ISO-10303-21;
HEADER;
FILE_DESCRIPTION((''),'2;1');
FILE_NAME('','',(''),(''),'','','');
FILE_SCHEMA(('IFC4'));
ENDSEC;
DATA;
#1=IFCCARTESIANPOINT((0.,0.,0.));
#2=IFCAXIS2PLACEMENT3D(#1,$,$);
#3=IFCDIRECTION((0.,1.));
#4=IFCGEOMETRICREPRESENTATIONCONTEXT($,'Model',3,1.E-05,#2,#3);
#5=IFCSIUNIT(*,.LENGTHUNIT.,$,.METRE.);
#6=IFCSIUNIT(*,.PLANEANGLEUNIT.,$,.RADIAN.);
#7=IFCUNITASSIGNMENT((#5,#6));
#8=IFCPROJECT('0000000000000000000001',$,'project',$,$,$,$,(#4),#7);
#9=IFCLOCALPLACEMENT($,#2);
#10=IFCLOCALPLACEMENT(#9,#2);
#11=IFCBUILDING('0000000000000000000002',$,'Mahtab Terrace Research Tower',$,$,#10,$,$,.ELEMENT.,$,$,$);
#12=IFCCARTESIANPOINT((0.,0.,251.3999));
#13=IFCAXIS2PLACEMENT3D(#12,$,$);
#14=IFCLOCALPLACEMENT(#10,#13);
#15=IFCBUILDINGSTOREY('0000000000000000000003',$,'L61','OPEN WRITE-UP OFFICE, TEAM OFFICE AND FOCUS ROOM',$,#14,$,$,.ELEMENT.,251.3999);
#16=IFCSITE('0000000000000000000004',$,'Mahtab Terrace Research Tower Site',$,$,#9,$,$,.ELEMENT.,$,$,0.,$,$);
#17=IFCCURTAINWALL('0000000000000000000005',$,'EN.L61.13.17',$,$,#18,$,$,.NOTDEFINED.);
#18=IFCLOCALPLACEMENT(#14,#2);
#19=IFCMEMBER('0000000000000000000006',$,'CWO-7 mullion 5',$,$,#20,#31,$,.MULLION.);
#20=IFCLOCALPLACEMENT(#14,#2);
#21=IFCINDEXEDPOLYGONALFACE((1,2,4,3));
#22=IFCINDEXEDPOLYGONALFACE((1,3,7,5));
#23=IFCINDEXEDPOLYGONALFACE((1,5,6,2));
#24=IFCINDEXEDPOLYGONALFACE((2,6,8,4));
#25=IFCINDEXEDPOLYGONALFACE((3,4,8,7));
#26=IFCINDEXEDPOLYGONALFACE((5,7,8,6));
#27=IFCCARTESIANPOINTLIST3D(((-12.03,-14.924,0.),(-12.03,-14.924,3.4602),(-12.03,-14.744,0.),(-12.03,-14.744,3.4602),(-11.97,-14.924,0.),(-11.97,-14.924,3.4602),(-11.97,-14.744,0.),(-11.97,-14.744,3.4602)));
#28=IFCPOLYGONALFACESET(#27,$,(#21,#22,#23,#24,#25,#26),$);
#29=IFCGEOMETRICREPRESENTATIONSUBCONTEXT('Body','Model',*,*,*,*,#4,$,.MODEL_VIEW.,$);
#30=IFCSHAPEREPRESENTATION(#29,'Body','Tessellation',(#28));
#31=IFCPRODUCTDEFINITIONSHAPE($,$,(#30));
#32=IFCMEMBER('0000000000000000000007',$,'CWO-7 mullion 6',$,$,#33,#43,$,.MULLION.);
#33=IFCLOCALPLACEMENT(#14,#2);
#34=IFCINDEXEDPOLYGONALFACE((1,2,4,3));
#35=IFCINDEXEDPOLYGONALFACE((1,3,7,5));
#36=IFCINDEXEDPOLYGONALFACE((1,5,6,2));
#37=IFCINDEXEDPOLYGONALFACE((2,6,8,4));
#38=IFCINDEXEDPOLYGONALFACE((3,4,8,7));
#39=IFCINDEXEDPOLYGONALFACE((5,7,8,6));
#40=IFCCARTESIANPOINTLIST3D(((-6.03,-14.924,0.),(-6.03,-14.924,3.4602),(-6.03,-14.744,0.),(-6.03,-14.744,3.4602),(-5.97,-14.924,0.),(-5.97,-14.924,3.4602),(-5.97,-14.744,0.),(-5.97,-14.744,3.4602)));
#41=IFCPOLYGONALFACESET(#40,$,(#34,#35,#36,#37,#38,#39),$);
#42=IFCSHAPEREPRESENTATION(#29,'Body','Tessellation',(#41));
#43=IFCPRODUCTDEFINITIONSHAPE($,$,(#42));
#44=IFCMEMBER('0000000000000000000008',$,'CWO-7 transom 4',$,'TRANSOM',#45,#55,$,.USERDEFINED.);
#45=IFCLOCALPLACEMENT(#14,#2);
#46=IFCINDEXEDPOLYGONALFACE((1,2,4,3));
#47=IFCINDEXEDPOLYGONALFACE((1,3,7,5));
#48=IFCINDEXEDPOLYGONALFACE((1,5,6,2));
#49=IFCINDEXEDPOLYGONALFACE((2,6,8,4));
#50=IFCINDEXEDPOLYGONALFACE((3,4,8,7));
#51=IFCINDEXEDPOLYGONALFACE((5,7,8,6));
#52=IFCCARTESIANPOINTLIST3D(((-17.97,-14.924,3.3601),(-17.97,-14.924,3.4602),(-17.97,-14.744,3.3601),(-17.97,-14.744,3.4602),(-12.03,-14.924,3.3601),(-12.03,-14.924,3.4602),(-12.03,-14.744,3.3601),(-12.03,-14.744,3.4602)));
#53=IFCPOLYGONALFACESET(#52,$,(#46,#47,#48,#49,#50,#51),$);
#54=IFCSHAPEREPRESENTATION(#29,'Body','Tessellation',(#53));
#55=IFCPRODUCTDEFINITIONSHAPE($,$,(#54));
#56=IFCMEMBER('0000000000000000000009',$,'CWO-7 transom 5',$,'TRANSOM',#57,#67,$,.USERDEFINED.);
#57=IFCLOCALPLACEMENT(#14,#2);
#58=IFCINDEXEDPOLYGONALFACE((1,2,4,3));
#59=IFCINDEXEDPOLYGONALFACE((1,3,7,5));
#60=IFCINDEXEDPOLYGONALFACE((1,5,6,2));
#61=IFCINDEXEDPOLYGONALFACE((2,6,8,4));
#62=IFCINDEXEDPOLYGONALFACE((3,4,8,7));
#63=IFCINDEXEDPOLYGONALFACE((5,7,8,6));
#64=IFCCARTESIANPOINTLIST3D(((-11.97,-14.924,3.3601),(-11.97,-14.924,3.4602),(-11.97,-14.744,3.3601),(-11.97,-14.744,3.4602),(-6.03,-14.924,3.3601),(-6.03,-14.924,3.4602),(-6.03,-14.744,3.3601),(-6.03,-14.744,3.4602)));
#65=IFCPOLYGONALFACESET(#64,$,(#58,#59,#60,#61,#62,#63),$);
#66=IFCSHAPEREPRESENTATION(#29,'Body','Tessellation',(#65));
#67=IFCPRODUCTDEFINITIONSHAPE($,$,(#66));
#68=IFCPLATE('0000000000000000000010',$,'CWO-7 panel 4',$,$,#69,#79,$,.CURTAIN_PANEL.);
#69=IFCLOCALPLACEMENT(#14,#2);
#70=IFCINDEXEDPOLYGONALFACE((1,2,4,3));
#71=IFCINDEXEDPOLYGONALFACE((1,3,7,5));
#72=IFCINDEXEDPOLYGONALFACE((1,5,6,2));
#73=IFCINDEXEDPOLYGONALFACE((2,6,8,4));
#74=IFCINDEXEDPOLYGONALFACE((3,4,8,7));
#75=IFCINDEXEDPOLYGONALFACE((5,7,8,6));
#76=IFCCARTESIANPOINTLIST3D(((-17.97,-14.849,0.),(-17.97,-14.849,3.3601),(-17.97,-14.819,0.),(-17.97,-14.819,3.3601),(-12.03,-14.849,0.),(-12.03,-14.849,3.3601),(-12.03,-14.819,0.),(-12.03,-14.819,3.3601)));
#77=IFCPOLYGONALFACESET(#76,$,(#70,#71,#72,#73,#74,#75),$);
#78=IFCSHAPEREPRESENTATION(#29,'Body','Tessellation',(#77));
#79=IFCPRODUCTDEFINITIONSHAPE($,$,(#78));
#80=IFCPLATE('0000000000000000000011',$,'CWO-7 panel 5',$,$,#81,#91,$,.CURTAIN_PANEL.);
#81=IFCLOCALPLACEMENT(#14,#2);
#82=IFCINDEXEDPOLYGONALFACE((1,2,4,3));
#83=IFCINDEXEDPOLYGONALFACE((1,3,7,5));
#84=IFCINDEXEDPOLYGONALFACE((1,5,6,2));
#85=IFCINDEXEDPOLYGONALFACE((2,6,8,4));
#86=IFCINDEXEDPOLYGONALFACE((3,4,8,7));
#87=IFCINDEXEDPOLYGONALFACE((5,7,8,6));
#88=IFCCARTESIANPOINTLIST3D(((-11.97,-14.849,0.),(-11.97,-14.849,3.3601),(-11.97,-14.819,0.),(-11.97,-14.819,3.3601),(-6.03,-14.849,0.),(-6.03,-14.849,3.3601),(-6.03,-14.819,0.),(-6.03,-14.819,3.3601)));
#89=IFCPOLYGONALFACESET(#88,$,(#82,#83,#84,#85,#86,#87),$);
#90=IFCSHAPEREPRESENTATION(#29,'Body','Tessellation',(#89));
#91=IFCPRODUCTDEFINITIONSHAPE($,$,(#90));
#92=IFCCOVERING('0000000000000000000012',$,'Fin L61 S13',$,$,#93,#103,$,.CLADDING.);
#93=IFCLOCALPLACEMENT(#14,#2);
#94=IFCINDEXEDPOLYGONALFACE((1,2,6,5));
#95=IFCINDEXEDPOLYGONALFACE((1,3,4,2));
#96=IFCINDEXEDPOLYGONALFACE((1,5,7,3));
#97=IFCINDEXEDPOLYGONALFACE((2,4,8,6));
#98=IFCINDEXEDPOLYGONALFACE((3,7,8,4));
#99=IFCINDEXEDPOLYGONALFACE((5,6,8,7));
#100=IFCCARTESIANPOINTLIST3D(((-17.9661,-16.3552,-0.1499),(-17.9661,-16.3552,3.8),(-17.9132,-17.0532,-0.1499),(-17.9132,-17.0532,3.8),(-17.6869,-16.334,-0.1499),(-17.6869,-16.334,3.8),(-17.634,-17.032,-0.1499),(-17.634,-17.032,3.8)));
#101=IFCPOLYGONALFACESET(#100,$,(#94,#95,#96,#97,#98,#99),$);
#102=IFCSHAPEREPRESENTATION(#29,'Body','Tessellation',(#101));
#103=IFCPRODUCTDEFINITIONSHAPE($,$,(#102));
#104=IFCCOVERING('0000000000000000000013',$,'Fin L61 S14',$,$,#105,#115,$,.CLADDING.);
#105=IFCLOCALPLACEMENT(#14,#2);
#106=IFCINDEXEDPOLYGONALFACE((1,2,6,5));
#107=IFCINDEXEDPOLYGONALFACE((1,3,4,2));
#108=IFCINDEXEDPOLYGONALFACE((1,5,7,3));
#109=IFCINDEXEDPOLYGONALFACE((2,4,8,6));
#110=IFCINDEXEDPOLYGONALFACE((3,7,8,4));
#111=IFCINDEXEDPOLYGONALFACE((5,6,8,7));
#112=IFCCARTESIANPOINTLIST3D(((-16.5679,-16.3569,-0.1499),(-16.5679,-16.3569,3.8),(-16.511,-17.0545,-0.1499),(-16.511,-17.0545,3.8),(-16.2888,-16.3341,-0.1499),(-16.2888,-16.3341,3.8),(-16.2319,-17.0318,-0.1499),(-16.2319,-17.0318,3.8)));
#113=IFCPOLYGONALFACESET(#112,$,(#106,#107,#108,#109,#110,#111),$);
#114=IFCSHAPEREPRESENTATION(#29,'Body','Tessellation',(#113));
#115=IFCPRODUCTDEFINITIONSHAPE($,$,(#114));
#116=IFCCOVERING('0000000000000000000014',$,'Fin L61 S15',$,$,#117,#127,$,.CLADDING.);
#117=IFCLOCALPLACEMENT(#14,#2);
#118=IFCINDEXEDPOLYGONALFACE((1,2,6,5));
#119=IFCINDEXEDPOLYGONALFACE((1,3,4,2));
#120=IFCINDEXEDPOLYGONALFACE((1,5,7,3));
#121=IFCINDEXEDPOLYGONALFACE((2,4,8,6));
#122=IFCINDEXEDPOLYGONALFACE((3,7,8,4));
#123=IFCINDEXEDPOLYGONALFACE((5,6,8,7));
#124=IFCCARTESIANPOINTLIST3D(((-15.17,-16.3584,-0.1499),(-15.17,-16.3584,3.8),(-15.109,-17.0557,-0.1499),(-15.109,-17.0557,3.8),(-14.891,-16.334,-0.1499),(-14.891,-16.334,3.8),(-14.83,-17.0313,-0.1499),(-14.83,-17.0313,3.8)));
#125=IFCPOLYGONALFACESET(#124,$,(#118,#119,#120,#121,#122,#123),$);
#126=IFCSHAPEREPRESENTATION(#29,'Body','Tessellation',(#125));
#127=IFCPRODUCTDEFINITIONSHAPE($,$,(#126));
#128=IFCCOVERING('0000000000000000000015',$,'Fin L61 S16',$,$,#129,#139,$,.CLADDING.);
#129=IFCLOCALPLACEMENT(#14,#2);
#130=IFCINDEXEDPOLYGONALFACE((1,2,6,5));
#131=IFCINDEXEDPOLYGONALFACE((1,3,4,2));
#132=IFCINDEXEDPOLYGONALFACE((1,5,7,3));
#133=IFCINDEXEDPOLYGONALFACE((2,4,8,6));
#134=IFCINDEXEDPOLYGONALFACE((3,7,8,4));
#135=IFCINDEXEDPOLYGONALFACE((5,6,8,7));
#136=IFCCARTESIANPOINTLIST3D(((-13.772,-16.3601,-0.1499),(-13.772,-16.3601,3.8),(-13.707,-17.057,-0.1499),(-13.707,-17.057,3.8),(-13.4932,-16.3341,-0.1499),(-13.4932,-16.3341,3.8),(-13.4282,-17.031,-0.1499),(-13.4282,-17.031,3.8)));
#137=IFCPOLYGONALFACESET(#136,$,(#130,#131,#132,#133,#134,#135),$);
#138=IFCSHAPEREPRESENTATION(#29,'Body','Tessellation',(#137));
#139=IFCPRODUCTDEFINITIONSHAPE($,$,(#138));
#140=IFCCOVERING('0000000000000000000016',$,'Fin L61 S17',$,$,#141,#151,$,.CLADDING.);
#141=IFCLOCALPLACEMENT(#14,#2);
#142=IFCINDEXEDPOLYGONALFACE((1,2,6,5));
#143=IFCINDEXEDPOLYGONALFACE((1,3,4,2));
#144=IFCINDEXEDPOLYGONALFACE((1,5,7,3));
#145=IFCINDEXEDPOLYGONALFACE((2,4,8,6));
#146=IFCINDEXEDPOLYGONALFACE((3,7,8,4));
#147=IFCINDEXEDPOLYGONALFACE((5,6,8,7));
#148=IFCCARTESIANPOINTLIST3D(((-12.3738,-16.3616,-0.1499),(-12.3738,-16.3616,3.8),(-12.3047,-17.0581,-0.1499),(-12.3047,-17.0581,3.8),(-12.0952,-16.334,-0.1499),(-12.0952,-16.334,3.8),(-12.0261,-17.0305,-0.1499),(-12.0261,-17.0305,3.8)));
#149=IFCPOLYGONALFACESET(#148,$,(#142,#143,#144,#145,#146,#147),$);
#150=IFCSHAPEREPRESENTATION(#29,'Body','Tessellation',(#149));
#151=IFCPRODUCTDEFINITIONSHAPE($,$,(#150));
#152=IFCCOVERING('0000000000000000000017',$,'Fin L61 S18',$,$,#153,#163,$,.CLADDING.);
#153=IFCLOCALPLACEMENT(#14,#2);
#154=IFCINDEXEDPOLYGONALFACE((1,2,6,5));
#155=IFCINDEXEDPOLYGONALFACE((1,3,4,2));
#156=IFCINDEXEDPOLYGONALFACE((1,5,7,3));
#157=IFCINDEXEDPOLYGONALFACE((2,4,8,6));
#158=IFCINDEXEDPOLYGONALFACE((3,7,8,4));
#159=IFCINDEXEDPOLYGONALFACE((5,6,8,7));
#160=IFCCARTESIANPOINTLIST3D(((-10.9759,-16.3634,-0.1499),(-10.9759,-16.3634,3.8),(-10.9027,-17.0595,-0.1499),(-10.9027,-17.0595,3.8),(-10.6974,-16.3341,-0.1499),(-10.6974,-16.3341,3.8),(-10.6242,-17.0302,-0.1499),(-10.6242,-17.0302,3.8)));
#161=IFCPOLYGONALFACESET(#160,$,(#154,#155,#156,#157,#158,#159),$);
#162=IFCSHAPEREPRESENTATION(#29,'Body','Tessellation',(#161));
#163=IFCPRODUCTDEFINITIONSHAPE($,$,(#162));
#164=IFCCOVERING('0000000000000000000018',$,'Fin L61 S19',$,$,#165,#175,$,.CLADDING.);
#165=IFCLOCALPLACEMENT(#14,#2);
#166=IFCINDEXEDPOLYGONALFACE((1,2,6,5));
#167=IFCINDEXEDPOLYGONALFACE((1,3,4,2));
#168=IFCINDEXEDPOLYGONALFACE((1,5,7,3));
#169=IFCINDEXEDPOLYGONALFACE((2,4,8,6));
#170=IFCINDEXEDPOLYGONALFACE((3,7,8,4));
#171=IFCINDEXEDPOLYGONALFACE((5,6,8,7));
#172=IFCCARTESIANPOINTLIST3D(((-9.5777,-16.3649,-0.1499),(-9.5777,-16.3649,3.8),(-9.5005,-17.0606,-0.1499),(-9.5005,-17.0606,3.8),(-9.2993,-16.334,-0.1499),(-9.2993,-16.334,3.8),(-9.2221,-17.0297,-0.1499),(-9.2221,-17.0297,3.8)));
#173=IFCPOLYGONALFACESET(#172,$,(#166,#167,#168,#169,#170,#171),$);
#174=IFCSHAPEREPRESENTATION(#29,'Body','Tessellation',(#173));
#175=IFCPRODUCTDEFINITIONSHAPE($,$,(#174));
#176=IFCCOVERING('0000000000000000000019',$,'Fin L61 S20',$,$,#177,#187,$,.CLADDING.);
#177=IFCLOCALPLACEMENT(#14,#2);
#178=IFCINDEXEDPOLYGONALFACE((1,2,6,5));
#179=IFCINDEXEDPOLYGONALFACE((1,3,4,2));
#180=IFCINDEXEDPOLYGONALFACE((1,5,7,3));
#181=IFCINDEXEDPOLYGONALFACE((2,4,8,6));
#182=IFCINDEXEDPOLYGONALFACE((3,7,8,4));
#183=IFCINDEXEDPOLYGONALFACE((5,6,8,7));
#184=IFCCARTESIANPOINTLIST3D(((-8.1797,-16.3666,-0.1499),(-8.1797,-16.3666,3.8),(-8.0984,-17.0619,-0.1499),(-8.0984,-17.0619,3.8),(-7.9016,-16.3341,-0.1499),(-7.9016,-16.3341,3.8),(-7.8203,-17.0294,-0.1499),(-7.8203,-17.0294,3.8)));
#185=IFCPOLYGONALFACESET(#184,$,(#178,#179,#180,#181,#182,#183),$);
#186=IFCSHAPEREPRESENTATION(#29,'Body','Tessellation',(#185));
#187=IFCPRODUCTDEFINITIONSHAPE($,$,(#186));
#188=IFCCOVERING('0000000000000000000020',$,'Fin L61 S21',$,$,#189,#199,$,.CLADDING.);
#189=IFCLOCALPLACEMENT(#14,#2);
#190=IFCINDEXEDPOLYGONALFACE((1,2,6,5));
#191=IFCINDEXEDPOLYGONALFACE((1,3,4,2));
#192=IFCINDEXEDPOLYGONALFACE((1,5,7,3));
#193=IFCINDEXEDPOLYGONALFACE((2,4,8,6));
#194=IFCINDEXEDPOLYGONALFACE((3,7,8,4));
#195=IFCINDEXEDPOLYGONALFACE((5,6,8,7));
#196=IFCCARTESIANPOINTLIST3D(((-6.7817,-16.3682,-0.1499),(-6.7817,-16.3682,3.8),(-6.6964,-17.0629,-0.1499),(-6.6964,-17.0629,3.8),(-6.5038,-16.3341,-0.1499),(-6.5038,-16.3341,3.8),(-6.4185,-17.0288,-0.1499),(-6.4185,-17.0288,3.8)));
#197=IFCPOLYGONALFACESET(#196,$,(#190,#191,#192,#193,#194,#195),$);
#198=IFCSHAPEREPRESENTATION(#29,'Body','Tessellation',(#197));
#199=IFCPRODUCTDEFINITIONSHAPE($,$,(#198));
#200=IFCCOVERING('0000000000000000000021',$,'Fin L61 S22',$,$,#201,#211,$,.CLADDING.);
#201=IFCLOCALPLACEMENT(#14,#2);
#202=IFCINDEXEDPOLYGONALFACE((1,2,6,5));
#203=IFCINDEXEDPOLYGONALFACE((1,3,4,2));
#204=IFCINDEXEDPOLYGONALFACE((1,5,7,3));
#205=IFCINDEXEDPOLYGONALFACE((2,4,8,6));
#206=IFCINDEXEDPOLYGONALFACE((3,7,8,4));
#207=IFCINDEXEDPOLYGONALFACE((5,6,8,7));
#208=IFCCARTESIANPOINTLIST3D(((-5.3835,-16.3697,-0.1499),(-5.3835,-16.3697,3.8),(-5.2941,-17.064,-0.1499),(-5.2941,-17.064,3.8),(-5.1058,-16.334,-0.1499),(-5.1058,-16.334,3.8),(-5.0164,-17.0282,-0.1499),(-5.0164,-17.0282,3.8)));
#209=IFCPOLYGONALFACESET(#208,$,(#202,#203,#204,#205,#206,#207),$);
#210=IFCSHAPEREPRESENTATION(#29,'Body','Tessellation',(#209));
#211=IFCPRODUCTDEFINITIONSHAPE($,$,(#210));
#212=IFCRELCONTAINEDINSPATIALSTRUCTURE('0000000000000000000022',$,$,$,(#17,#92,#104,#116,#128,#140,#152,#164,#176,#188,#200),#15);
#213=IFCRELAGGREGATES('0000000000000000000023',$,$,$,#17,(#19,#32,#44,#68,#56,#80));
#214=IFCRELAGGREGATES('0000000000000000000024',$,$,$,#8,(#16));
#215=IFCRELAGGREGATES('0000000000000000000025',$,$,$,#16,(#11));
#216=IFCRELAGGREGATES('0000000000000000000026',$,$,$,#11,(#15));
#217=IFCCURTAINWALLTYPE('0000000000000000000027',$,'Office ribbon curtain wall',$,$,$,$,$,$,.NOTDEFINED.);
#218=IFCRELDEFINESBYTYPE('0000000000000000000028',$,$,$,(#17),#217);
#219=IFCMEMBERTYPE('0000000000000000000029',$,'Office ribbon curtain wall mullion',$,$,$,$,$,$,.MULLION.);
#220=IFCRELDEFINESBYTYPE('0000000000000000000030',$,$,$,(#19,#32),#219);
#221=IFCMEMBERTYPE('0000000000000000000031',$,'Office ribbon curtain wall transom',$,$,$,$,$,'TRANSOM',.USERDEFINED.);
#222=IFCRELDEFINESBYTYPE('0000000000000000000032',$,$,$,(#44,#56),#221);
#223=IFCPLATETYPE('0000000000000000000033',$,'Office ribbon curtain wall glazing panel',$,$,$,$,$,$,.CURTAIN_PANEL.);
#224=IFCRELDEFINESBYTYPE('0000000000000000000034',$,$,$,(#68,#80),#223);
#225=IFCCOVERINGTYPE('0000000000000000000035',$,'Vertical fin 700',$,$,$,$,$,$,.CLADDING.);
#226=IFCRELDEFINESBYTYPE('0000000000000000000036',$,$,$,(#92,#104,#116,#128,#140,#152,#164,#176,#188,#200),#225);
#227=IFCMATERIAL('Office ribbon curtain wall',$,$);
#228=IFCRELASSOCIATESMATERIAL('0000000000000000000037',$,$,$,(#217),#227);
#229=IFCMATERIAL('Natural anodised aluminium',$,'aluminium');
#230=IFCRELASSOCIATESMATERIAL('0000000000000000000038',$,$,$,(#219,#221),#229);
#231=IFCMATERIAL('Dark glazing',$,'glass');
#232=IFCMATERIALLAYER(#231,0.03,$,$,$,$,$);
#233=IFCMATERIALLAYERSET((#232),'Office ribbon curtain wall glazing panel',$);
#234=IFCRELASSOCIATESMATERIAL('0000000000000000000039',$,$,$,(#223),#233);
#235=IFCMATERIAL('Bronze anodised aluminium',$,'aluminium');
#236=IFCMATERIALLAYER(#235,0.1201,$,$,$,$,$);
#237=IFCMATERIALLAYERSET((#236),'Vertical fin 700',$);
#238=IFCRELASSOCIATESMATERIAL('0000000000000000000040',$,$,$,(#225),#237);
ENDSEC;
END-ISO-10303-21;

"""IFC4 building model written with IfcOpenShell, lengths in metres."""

from ifc_helpers import new_model, si_unit, direction, frame, origin, origin_2d, place, context, subcontext, project, spatial, rectangle, extrude, material, layer, layer_set, material_profile, profile_set, type_object, element, aggregate, save


model = new_model("IFC4")

# Units and contexts
model_context = context("Model", 3, precision=1e-05, world=origin(), true_north=direction((0.0, 1.0)))
body_context = subcontext(model_context, "Body", "Model", "MODEL_VIEW")
ifc_project = project(units=[si_unit("LENGTHUNIT", "METRE"), si_unit("PLANEANGLEUNIT", "RADIAN")], contexts=[model_context])

# Site, building, storey
site_placement = place(None, origin())
site = spatial("IfcSite", under=ifc_project, at=site_placement, Name="Mahtab Terrace Research Tower Site", CompositionType="ELEMENT", RefElevation=0.0)
building_placement = place(site_placement, origin())
building = spatial("IfcBuilding", under=site, at=building_placement, Name="Mahtab Terrace Research Tower", CompositionType="ELEMENT")
storey_placement = place(building_placement, frame((0.0, 0.0, 251.3999)))
storey = spatial("IfcBuildingStorey", under=building, at=storey_placement, Name="L61", Description="OPEN WRITE-UP OFFICE, TEAM OFFICE AND FOCUS ROOM", CompositionType="ELEMENT", Elevation=251.3999)

# Curtain wall, members, plates
ifc_material_1 = material(Name="Office ribbon curtain wall")
curtain_wall_type = type_object("IfcCurtainWallType", Name="Office ribbon curtain wall", PredefinedType="NOTDEFINED", material=ifc_material_1)
curtain_wall_placement = place(storey_placement, origin())
curtain_wall = element("IfcCurtainWall", 1, at=curtain_wall_placement, inside=storey, type_object=curtain_wall_type, Name="EN.L61.13.17", PredefinedType="NOTDEFINED")
ifc_material_2 = material(Name="Natural anodised aluminium", Category="aluminium")
ifc_material_profile_1 = material_profile(ifc_material_2, rectangle(XDim=0.1799, YDim=0.0601, at=origin_2d()), Name="MULLION 60x180")
ifc_profile_set_1 = profile_set([ifc_material_profile_1], Name="Natural anodised aluminium")
member_type_1 = type_object("IfcMemberType", Name="Office ribbon curtain wall mullion", PredefinedType="MULLION", material=ifc_profile_set_1)
member_1_placement = place(storey_placement, frame((-12.0, -14.834, 0.0), z_axis=(0.0, 0.0, 1.0), x_axis=(0.0, 1.0, 0.0)))
member_1 = element("IfcMember", 2, at=member_1_placement, type_object=member_type_1, Name="CWO-7 mullion 5", PredefinedType="MULLION", context=body_context, shape_type="SweptSolid", body=[
    extrude(rectangle(XDim=0.1799, YDim=0.0601, at=origin_2d()), origin(), (0.0, 0.0, 1.0), 3.4602),
])
member_2_placement = place(storey_placement, frame((-6.0, -14.834, 0.0), z_axis=(0.0, 0.0, 1.0), x_axis=(0.0, 1.0, 0.0)))
member_2 = element("IfcMember", 3, at=member_2_placement, type_object=member_type_1, Name="CWO-7 mullion 6", PredefinedType="MULLION", context=body_context, shape_type="SweptSolid", body=[
    extrude(rectangle(XDim=0.1799, YDim=0.0601, at=origin_2d()), origin(), (0.0, 0.0, 1.0), 3.4602),
])
ifc_material_profile_2 = material_profile(ifc_material_2, rectangle(XDim=0.1799, YDim=0.1001, at=origin_2d()), Name="TRANSOM 100x180")
ifc_profile_set_2 = profile_set([ifc_material_profile_2], Name="Natural anodised aluminium")
member_type_2 = type_object("IfcMemberType", Name="Office ribbon curtain wall transom", ElementType="TRANSOM", PredefinedType="USERDEFINED", material=ifc_profile_set_2)
member_3_placement = place(storey_placement, frame((-17.97, -14.834, 3.4102), z_axis=(1.0, 0.0, 0.0), x_axis=(0.0, 1.0, 0.0)))
member_3 = element("IfcMember", 4, at=member_3_placement, type_object=member_type_2, Name="CWO-7 transom 4", ObjectType="TRANSOM", PredefinedType="USERDEFINED", context=body_context, shape_type="SweptSolid", body=[
    extrude(rectangle(XDim=0.1799, YDim=0.1001, at=origin_2d()), origin(), (0.0, 0.0, 1.0), 5.9399),
])
member_4_placement = place(storey_placement, frame((-11.97, -14.834, 3.4102), z_axis=(1.0, 0.0, 0.0), x_axis=(0.0, 1.0, 0.0)))
member_4 = element("IfcMember", 5, at=member_4_placement, type_object=member_type_2, Name="CWO-7 transom 5", ObjectType="TRANSOM", PredefinedType="USERDEFINED", context=body_context, shape_type="SweptSolid", body=[
    extrude(rectangle(XDim=0.1799, YDim=0.1001, at=origin_2d()), origin(), (0.0, 0.0, 1.0), 5.9399),
])
ifc_material_3 = material(Name="Dark glazing", Category="glass")
ifc_layer_1 = layer(ifc_material_3, 0.03)
ifc_layer_set_1 = layer_set([ifc_layer_1], Name="Office ribbon curtain wall glazing panel")
plate_type = type_object("IfcPlateType", Name="Office ribbon curtain wall glazing panel", PredefinedType="CURTAIN_PANEL", material=ifc_layer_set_1)
plate_1_placement = place(storey_placement, frame((-15.0, -14.834, 0.0), z_axis=(0.0, 0.0, 1.0), x_axis=(1.0, 0.0, 0.0)))
plate_1 = element("IfcPlate", 6, at=plate_1_placement, type_object=plate_type, Name="CWO-7 panel 4", PredefinedType="CURTAIN_PANEL", context=body_context, shape_type="SweptSolid", body=[
    extrude(rectangle(XDim=5.9399, YDim=0.03, at=origin_2d()), origin(), (0.0, 0.0, 1.0), 3.3601),
])
plate_2_placement = place(storey_placement, frame((-9.0, -14.834, 0.0), z_axis=(0.0, 0.0, 1.0), x_axis=(1.0, 0.0, 0.0)))
plate_2 = element("IfcPlate", 7, at=plate_2_placement, type_object=plate_type, Name="CWO-7 panel 5", PredefinedType="CURTAIN_PANEL", context=body_context, shape_type="SweptSolid", body=[
    extrude(rectangle(XDim=5.9399, YDim=0.03, at=origin_2d()), origin(), (0.0, 0.0, 1.0), 3.3601),
])
aggregate(curtain_wall, [member_1, member_2, member_3, plate_1, member_4, plate_2])

# Coverings
ifc_material_4 = material(Name="Bronze anodised aluminium", Category="aluminium")
ifc_layer_2 = layer(ifc_material_4, 0.1201)
ifc_layer_set_2 = layer_set([ifc_layer_2], Name="Vertical fin 700")
covering_type = type_object("IfcCoveringType", Name="Vertical fin 700", PredefinedType="CLADDING", material=ifc_layer_set_2)
for number, where, z_axis, x_axis, name in (
    (8, (-17.8, -16.6936, -0.1499), (0.0, 0.0, 1.0), (0.997141, 0.075559, 0.0), "Fin L61 S13"),
    (9, (-16.3999, -16.6943, -0.1499), (0.0, 0.0, 1.0), (0.996685, 0.081359, 0.0), "Fin L61 S14"),
    (10, (-15.0, -16.6948, -0.1499), (0.0, 0.0, 1.0), (0.996195, 0.087156, 0.0), "Fin L61 S15"),
    (11, (-13.6001, -16.6956, -0.1499), (0.0, 0.0, 1.0), (0.995671, 0.09295, 0.0), "Fin L61 S16"),
    (12, (-12.2, -16.696, -0.1499), (0.0, 0.0, 1.0), (0.995113, 0.098741, 0.0), "Fin L61 S17"),
    (13, (-10.8, -16.6968, -0.1499), (0.0, 0.0, 1.0), (0.994522, 0.104528, 0.0), "Fin L61 S18"),
    (14, (-9.3999, -16.6973, -0.1499), (0.0, 0.0, 1.0), (0.993897, 0.110313, 0.0), "Fin L61 S19"),
    (15, (-8.0, -16.698, -0.1499), (0.0, 0.0, 1.0), (0.993238, 0.116093, 0.0), "Fin L61 S20"),
    (16, (-6.6001, -16.6985, -0.1499), (0.0, 0.0, 1.0), (0.992546, 0.121869, 0.0), "Fin L61 S21"),
    (17, (-5.2, -16.699, -0.1499), (0.0, 0.0, 1.0), (0.99182, 0.127642, 0.0), "Fin L61 S22"),
):
    element("IfcCovering", number, at=place(storey_placement, frame(where, z_axis=z_axis, x_axis=x_axis)), inside=storey, type_object=covering_type, Name=name, PredefinedType="CLADDING", context=body_context, shape_type="SweptSolid", body=[
        extrude(rectangle(XDim=0.28, YDim=0.7, at=origin_2d()), origin(), (0.0, 0.0, 1.0), 3.95),
    ])

save(model, "model.ifc")
